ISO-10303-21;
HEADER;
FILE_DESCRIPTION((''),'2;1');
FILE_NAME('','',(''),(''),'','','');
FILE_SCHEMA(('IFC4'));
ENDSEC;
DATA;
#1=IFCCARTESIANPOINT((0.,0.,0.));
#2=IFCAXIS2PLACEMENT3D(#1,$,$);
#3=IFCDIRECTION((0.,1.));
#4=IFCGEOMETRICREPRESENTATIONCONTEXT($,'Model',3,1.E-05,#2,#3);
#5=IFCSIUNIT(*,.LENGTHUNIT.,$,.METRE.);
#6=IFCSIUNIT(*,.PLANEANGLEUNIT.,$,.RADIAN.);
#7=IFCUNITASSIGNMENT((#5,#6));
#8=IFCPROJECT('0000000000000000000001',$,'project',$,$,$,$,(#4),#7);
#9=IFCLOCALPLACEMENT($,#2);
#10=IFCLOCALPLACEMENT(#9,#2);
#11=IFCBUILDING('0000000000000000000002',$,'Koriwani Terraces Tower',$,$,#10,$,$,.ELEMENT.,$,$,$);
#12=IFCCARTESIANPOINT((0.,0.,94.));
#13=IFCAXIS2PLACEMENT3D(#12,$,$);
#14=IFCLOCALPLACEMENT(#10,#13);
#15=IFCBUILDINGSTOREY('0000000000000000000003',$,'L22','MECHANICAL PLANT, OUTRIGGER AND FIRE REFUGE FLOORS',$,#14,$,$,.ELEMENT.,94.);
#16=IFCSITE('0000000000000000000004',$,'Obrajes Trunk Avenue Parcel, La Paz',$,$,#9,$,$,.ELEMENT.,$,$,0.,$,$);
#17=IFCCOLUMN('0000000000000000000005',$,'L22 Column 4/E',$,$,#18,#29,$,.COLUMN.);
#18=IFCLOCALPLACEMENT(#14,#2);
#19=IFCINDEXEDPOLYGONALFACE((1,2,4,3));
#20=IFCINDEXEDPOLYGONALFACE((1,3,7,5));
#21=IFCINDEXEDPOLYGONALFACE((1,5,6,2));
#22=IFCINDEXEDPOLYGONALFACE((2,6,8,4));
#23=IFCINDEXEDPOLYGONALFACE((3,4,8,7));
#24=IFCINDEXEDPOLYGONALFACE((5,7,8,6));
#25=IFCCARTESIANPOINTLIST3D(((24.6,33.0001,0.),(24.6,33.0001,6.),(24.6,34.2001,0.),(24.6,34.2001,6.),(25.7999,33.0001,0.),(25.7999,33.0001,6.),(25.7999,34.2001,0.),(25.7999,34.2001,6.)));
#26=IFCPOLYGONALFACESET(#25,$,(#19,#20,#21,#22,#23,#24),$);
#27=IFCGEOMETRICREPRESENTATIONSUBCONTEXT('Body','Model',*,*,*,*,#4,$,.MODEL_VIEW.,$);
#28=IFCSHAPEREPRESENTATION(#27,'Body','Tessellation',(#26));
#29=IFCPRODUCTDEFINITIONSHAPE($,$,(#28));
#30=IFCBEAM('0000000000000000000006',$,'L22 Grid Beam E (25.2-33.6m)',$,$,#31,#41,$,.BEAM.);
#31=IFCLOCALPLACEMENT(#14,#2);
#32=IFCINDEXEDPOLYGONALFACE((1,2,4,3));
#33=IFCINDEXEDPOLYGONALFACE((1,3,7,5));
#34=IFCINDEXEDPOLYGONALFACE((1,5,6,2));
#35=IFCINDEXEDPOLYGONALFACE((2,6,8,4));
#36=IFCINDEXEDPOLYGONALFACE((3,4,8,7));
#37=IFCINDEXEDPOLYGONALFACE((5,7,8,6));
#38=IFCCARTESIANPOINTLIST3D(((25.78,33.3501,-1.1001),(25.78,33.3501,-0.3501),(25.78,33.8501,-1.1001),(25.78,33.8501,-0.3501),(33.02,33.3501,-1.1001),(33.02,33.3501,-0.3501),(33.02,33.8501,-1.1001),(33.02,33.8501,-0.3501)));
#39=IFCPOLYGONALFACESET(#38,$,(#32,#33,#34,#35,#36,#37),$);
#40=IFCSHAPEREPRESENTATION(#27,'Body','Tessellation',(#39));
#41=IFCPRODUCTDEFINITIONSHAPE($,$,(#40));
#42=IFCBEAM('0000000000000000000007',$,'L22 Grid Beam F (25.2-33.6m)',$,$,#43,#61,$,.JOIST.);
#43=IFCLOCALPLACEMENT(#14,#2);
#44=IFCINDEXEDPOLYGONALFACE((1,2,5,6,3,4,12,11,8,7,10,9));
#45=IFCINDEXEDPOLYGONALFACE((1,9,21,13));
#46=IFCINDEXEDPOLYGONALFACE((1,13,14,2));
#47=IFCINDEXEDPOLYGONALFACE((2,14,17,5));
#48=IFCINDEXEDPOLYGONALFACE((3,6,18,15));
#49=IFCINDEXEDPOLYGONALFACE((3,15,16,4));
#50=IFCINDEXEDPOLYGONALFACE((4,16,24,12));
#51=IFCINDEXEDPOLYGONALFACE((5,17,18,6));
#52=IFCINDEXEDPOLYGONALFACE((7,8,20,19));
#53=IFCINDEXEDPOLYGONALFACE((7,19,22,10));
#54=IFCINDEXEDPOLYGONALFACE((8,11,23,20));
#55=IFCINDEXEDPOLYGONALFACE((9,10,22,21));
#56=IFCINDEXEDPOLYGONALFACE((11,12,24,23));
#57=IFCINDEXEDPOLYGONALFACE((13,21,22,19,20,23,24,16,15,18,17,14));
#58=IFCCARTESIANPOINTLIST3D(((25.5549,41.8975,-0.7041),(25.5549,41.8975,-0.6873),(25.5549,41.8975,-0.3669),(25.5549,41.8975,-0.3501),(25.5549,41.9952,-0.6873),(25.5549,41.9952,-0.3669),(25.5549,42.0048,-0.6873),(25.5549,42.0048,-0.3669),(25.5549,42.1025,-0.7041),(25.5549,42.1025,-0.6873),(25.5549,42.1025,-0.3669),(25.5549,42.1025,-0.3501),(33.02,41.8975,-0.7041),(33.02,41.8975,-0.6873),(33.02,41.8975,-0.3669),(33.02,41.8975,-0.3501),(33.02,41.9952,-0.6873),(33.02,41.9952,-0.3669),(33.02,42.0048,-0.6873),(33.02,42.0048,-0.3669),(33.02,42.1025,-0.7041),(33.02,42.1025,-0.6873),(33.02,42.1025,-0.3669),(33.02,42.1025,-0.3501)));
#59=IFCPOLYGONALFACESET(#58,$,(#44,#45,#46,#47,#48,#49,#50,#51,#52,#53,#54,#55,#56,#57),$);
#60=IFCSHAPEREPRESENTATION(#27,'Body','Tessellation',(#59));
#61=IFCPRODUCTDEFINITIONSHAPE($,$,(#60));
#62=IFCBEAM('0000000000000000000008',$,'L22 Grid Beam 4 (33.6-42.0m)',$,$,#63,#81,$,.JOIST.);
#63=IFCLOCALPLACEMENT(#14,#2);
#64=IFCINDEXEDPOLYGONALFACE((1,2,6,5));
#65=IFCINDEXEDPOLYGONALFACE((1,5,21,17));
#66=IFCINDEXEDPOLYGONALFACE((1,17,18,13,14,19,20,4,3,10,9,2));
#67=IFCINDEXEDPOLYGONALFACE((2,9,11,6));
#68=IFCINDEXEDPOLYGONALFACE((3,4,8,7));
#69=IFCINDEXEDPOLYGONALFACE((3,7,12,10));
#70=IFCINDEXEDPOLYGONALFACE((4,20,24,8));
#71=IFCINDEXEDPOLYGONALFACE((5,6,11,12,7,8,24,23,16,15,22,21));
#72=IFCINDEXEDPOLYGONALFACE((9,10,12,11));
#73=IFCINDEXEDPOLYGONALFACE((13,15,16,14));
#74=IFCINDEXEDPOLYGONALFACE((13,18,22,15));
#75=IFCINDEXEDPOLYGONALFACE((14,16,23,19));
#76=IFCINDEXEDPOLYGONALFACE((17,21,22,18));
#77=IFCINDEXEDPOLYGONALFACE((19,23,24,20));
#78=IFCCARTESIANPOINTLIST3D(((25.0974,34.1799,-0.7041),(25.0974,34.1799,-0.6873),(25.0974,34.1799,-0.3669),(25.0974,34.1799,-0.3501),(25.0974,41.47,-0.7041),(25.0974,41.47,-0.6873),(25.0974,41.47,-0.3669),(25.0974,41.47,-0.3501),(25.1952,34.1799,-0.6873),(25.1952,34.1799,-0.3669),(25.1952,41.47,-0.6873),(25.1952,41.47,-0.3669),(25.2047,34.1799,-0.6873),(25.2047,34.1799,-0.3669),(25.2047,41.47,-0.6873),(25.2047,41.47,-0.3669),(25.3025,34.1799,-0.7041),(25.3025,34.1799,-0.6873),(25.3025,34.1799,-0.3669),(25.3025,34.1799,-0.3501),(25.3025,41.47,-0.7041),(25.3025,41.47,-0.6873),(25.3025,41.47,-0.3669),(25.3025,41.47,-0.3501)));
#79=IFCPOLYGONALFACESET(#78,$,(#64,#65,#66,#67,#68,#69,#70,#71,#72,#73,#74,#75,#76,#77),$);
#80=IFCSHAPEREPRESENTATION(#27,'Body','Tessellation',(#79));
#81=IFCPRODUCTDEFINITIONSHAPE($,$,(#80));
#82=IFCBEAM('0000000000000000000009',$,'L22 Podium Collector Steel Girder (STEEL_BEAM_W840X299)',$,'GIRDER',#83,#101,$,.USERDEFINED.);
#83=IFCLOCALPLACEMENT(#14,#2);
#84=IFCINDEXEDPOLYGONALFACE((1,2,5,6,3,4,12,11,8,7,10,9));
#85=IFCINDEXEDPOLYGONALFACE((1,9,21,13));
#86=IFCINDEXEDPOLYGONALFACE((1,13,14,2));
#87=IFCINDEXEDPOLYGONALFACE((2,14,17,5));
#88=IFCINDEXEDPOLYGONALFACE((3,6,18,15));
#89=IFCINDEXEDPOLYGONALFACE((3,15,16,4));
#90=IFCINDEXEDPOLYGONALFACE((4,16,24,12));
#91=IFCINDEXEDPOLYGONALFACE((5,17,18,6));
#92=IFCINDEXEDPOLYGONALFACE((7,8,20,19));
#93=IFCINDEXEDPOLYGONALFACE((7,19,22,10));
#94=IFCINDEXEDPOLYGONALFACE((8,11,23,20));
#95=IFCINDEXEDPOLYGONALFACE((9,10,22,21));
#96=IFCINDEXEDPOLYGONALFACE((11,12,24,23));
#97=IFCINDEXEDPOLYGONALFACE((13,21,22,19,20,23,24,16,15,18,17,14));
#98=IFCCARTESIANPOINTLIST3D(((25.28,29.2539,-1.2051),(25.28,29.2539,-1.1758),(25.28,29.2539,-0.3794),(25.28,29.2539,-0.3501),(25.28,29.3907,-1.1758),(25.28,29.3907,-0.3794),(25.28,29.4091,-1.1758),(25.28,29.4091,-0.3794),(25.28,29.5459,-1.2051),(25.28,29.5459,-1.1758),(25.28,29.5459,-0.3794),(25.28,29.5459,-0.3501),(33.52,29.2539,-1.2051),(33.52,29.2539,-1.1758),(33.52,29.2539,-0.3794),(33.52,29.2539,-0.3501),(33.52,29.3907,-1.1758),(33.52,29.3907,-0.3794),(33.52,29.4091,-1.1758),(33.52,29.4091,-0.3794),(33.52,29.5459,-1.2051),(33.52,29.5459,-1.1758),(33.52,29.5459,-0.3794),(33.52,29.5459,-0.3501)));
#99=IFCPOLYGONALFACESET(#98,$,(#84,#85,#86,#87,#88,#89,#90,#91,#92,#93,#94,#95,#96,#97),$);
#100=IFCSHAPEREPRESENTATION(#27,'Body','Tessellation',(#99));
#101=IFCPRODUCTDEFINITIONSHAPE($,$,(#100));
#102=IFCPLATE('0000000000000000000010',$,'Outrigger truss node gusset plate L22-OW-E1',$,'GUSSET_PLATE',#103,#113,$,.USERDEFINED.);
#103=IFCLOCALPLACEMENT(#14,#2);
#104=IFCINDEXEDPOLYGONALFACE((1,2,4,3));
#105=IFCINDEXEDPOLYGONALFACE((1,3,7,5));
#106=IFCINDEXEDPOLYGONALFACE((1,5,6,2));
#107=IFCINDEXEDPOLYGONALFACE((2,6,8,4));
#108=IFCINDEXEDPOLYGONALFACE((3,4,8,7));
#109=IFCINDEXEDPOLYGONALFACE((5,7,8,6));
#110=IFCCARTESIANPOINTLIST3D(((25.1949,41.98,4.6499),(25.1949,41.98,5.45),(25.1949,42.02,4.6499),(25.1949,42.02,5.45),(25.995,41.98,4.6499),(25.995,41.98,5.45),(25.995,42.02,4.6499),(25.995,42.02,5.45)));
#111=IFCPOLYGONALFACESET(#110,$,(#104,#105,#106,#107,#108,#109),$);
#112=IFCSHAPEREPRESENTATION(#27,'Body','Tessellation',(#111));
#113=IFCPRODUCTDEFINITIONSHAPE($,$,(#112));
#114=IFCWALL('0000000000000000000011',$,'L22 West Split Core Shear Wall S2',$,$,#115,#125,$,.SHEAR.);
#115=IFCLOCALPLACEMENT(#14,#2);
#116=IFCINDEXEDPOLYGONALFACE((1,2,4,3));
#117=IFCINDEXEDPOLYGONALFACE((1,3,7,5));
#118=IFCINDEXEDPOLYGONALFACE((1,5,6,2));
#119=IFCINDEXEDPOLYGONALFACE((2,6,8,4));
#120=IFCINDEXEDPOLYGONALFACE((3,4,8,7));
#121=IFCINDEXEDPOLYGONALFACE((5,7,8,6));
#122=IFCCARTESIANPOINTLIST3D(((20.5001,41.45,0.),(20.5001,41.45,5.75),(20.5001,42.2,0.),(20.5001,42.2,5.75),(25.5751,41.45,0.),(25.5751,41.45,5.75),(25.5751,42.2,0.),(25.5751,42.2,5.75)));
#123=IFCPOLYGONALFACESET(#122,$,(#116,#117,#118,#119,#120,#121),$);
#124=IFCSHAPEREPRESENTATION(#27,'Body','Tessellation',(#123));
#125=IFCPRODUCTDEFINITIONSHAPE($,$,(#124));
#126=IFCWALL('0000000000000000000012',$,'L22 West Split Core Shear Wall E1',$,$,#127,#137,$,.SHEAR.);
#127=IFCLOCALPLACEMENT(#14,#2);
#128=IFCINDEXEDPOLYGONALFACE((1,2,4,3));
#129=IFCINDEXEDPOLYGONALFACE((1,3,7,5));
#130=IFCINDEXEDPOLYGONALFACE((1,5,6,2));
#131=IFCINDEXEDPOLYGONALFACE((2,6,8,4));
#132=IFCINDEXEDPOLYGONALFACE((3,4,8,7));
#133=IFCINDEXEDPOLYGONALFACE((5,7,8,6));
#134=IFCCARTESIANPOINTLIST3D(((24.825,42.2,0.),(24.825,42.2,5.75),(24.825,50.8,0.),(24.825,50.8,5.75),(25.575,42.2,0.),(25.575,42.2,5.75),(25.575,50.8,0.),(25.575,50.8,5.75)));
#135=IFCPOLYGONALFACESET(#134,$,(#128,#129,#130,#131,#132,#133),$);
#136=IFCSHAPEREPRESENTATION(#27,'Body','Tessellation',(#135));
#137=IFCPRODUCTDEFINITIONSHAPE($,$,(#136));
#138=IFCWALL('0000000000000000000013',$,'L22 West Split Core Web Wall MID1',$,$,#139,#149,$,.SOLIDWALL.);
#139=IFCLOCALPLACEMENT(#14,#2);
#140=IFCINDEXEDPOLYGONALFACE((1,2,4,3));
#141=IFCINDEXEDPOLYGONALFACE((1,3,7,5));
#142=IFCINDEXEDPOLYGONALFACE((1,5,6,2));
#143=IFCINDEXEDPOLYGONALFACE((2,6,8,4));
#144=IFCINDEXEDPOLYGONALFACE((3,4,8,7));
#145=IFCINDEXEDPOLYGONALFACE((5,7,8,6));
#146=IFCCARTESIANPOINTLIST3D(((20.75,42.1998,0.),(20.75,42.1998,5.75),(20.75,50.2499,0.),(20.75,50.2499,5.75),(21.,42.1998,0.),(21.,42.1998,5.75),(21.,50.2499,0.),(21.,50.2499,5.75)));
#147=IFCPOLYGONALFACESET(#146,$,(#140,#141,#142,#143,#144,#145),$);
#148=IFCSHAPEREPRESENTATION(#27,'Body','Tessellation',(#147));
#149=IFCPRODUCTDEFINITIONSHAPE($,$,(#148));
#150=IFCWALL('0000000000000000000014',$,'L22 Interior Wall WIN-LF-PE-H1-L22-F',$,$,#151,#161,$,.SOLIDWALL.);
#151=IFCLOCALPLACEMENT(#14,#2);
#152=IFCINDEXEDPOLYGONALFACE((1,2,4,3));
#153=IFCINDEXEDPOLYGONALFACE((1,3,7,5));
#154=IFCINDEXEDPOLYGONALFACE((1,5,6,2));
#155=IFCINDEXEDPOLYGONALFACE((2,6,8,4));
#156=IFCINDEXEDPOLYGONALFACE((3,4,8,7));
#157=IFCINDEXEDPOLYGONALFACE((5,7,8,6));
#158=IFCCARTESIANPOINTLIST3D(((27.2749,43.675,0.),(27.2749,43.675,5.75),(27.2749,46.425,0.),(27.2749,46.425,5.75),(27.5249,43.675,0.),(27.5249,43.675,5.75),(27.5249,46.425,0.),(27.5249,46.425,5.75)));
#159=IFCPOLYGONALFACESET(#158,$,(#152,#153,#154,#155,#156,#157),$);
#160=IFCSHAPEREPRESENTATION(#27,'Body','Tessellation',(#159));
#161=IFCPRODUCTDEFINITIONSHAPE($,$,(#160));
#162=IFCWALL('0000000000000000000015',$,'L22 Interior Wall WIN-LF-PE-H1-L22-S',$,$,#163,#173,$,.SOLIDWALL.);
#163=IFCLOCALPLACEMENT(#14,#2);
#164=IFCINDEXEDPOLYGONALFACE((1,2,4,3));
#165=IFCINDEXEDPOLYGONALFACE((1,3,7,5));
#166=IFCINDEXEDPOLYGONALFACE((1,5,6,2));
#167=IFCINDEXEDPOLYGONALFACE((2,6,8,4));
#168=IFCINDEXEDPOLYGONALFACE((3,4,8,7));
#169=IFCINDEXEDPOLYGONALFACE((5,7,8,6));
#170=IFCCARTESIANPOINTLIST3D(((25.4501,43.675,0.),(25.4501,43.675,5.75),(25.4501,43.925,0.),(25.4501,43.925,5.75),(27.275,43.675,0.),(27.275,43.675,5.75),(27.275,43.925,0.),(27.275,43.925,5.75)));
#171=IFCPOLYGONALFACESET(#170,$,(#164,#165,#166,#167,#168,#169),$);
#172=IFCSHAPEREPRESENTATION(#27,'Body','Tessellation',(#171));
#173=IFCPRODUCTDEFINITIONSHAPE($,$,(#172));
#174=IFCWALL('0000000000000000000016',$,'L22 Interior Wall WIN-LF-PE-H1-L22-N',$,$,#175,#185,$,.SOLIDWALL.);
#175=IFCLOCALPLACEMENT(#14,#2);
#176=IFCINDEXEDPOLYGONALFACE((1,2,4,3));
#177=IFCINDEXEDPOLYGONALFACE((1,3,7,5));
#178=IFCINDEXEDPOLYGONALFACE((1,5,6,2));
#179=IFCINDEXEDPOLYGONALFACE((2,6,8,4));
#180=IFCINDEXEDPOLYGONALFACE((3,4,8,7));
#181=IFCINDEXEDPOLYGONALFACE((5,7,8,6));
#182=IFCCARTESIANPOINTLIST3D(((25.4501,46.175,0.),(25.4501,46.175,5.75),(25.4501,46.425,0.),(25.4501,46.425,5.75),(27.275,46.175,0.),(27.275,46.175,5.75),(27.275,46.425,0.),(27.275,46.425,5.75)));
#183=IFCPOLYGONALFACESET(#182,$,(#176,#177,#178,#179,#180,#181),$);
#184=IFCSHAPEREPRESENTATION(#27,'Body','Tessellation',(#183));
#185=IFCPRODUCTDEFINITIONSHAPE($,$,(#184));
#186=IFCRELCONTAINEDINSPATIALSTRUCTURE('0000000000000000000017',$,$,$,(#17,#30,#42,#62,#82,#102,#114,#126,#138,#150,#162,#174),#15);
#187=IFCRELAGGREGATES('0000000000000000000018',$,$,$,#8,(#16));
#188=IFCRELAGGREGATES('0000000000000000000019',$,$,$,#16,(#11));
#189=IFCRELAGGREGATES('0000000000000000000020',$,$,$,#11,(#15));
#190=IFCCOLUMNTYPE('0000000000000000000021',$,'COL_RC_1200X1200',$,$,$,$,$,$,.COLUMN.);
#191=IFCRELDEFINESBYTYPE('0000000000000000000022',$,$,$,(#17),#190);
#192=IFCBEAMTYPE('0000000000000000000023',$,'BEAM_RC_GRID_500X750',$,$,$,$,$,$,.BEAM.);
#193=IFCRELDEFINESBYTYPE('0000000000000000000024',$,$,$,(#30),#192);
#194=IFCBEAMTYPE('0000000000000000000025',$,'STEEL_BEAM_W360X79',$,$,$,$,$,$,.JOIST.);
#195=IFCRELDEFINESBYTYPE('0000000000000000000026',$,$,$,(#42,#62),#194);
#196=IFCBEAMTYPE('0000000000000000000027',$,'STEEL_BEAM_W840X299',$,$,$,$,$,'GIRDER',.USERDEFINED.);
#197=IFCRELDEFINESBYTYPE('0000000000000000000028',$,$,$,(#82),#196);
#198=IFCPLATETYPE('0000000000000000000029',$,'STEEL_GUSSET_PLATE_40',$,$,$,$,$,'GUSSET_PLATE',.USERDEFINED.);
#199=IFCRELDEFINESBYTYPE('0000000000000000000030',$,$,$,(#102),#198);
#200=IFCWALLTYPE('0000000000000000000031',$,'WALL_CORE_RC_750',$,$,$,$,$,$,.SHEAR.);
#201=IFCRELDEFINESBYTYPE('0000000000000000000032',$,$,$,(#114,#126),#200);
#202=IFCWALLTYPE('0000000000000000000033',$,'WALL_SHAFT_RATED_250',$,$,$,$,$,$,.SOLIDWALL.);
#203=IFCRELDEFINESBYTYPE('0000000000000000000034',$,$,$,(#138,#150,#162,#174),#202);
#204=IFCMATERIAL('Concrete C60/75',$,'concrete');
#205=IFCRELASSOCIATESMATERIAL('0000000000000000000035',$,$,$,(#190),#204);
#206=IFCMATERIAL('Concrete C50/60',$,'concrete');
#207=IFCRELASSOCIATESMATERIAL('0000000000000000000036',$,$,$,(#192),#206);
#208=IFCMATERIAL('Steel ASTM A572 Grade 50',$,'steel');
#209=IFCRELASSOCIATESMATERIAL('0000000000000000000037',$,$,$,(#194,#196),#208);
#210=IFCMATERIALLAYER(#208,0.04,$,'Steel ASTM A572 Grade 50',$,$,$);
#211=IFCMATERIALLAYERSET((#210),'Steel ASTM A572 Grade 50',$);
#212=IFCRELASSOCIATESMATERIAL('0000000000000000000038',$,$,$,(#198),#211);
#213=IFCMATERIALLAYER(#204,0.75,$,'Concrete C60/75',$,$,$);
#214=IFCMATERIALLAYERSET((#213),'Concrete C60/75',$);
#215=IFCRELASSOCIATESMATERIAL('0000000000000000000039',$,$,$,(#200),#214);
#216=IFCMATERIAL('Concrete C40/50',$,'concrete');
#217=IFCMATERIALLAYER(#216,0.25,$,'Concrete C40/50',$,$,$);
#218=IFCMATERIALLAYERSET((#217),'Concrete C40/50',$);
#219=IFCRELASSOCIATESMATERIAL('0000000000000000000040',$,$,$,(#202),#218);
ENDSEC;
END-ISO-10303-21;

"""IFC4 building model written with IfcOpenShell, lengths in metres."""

from ifc_helpers import new_model, si_unit, direction, frame, frame_2d, origin, origin_2d, place, context, subcontext, project, spatial, rectangle, i_section, extrude, material, layer, layer_set, material_profile, profile_set, type_object, element, save


model = new_model("IFC4")

# Units and contexts
model_context = context("Model", 3, precision=1e-05, world=origin(), true_north=direction((0.0, 1.0)))
body_context = subcontext(model_context, "Body", "Model", "MODEL_VIEW")
ifc_project = project(units=[si_unit("LENGTHUNIT", "METRE"), si_unit("PLANEANGLEUNIT", "RADIAN")], contexts=[model_context])

# Site, building, storey
site_placement = place(None, origin())
site = spatial("IfcSite", under=ifc_project, at=site_placement, Name="Obrajes Trunk Avenue Parcel, La Paz", CompositionType="ELEMENT", RefElevation=0.0)
building_placement = place(site_placement, origin())
building = spatial("IfcBuilding", under=site, at=building_placement, Name="Koriwani Terraces Tower", CompositionType="ELEMENT")
storey_placement = place(building_placement, frame((0.0, 0.0, 94.0)))
storey = spatial("IfcBuildingStorey", under=building, at=storey_placement, Name="L22", Description="MECHANICAL PLANT, OUTRIGGER AND FIRE REFUGE FLOORS", CompositionType="ELEMENT", Elevation=94.0)

# Column
ifc_material_1 = material(Name="Concrete C60/75", Category="concrete")
ifc_material_profile_1 = material_profile(ifc_material_1, rectangle(XDim=1.2, YDim=1.2, at=origin_2d()), Name="Concrete C60/75", Category="LoadBearing")
ifc_profile_set_1 = profile_set([ifc_material_profile_1], Name="Concrete C60/75")
column_type = type_object("IfcColumnType", Name="COL_RC_1200X1200", PredefinedType="COLUMN", material=ifc_profile_set_1)
column_placement = place(storey_placement, frame((25.2, 33.6001, 0.0), z_axis=(0.0, 0.0, 1.0), x_axis=(1.0, 0.0, 0.0)))
element("IfcColumn", 1, at=column_placement, inside=storey, type_object=column_type, Name="L22 Column 4/E", PredefinedType="COLUMN", context=body_context, shape_type="SweptSolid", body=[
    extrude(rectangle(XDim=1.2, YDim=1.2, at=origin_2d()), origin(), (0.0, 0.0, 1.0), 6.0),
])

# Beams
ifc_material_2 = material(Name="Concrete C50/60", Category="concrete")
ifc_material_profile_2 = material_profile(ifc_material_2, rectangle(XDim=0.5, YDim=0.75, at=origin_2d()), Name="Concrete C50/60", Category="LoadBearing")
ifc_profile_set_2 = profile_set([ifc_material_profile_2], Name="Concrete C50/60")
beam_type_1 = type_object("IfcBeamType", Name="BEAM_RC_GRID_500X750", PredefinedType="BEAM", material=ifc_profile_set_2)
beam_1_placement = place(storey_placement, frame((25.78, 33.6001, -0.7251), z_axis=(1.0, 0.0, 0.0), x_axis=(0.0, 1.0, 0.0)))
element("IfcBeam", 2, at=beam_1_placement, inside=storey, type_object=beam_type_1, Name="L22 Grid Beam E (25.2-33.6m)", PredefinedType="BEAM", context=body_context, shape_type="SweptSolid", body=[
    extrude(rectangle(XDim=0.5, YDim=0.75, at=origin_2d()), origin(), (0.0, 0.0, 1.0), 7.24),
])
ifc_material_3 = material(Name="Steel ASTM A572 Grade 50", Category="steel")
ifc_material_profile_3 = material_profile(ifc_material_3, i_section(OverallWidth=0.2051, OverallDepth=0.354, WebThickness=0.0095, FlangeThickness=0.0168, at=origin_2d()), Name="Steel ASTM A572 Grade 50", Category="LoadBearing")
ifc_profile_set_3 = profile_set([ifc_material_profile_3], Name="Steel ASTM A572 Grade 50")
beam_type_2 = type_object("IfcBeamType", Name="STEEL_BEAM_W360X79", PredefinedType="JOIST", material=ifc_profile_set_3)
beam_2_placement = place(storey_placement, frame((25.5549, 42.0, -0.5271), z_axis=(1.0, 0.0, 0.0), x_axis=(0.0, 1.0, 0.0)))
element("IfcBeam", 3, at=beam_2_placement, inside=storey, type_object=beam_type_2, Name="L22 Grid Beam F (25.2-33.6m)", PredefinedType="JOIST", context=body_context, shape_type="SweptSolid", body=[
    extrude(i_section(OverallWidth=0.2051, OverallDepth=0.354, WebThickness=0.0095, FlangeThickness=0.0168, at=origin_2d()), origin(), (0.0, 0.0, 1.0), 7.4651),
])
beam_3_placement = place(storey_placement, frame((25.2, 34.1799, -0.5271), z_axis=(0.0, 1.0, 0.0), x_axis=(-1.0, 0.0, 0.0)))
element("IfcBeam", 4, at=beam_3_placement, inside=storey, type_object=beam_type_2, Name="L22 Grid Beam 4 (33.6-42.0m)", PredefinedType="JOIST", context=body_context, shape_type="SweptSolid", body=[
    extrude(i_section(OverallWidth=0.2051, OverallDepth=0.354, WebThickness=0.0095, FlangeThickness=0.0168, at=origin_2d()), origin(), (0.0, 0.0, 1.0), 7.29),
])
ifc_material_profile_4 = material_profile(ifc_material_3, i_section(OverallWidth=0.292, OverallDepth=0.855, WebThickness=0.0183, FlangeThickness=0.0293, at=origin_2d()), Name="Steel ASTM A572 Grade 50", Category="LoadBearing")
ifc_profile_set_4 = profile_set([ifc_material_profile_4], Name="Steel ASTM A572 Grade 50")
beam_type_3 = type_object("IfcBeamType", Name="STEEL_BEAM_W840X299", ElementType="GIRDER", PredefinedType="USERDEFINED", material=ifc_profile_set_4)
beam_4_placement = place(storey_placement, frame((25.28, 29.3999, -0.7776), z_axis=(1.0, 0.0, 0.0), x_axis=(0.0, 1.0, 0.0)))
element("IfcBeam", 5, at=beam_4_placement, inside=storey, type_object=beam_type_3, Name="L22 Podium Collector Steel Girder (STEEL_BEAM_W840X299)", ObjectType="GIRDER", PredefinedType="USERDEFINED", context=body_context, shape_type="SweptSolid", body=[
    extrude(i_section(OverallWidth=0.292, OverallDepth=0.855, WebThickness=0.0183, FlangeThickness=0.0293, at=origin_2d()), origin(), (0.0, 0.0, 1.0), 8.24),
])

# Plate
ifc_layer_1 = layer(ifc_material_3, 0.04, Name="Steel ASTM A572 Grade 50")
ifc_layer_set_1 = layer_set([ifc_layer_1], Name="Steel ASTM A572 Grade 50")
plate_type = type_object("IfcPlateType", Name="STEEL_GUSSET_PLATE_40", ElementType="GUSSET_PLATE", PredefinedType="USERDEFINED", material=ifc_layer_set_1)
plate_placement = place(storey_placement, frame((25.595, 42.0, 4.6499), z_axis=(0.0, 0.0, 1.0), x_axis=(-1.0, 0.0, 0.0)))
element("IfcPlate", 6, at=plate_placement, inside=storey, type_object=plate_type, Name="Outrigger truss node gusset plate L22-OW-E1", ObjectType="GUSSET_PLATE", PredefinedType="USERDEFINED", context=body_context, shape_type="SweptSolid", body=[
    extrude(rectangle(XDim=0.8, YDim=0.04, at=origin_2d()), origin(), (0.0, 0.0, 1.0), 0.8),
])

# Walls
ifc_layer_2 = layer(ifc_material_1, 0.75, Name="Concrete C60/75")
ifc_layer_set_2 = layer_set([ifc_layer_2], Name="Concrete C60/75")
wall_type_1 = type_object("IfcWallType", Name="WALL_CORE_RC_750", PredefinedType="SHEAR", material=ifc_layer_set_2)
wall_1_placement = place(storey_placement, frame((20.5, 41.825, 0.0), z_axis=(0.0, 0.0, 1.0), x_axis=(1.0, 0.0, 0.0)))
element("IfcWall", 7, at=wall_1_placement, inside=storey, type_object=wall_type_1, Name="L22 West Split Core Shear Wall S2", PredefinedType="SHEAR", context=body_context, shape_type="SweptSolid", body=[
    extrude(rectangle(XDim=5.075, YDim=0.75, at=frame_2d((2.5376, 0.0))), origin(), (0.0, 0.0, 1.0), 5.75),
])
wall_2_placement = place(storey_placement, frame((25.2, 42.2, 0.0), z_axis=(0.0, 0.0, 1.0), x_axis=(0.0, 1.0, 0.0)))
element("IfcWall", 8, at=wall_2_placement, inside=storey, type_object=wall_type_1, Name="L22 West Split Core Shear Wall E1", PredefinedType="SHEAR", context=body_context, shape_type="SweptSolid", body=[
    extrude(rectangle(XDim=8.6001, YDim=0.75, at=frame_2d((4.3, 0.0))), origin(), (0.0, 0.0, 1.0), 5.75),
])
ifc_material_4 = material(Name="Concrete C40/50", Category="concrete")
ifc_layer_3 = layer(ifc_material_4, 0.25, Name="Concrete C40/50")
ifc_layer_set_3 = layer_set([ifc_layer_3], Name="Concrete C40/50")
wall_type_2 = type_object("IfcWallType", Name="WALL_SHAFT_RATED_250", PredefinedType="SOLIDWALL", material=ifc_layer_set_3)
wall_3_placement = place(storey_placement, frame((20.875, 42.2, 0.0), z_axis=(0.0, 0.0, 1.0), x_axis=(0.0, 1.0, 0.0)))
element("IfcWall", 9, at=wall_3_placement, inside=storey, type_object=wall_type_2, Name="L22 West Split Core Web Wall MID1", PredefinedType="SOLIDWALL", context=body_context, shape_type="SweptSolid", body=[
    extrude(rectangle(XDim=8.05, YDim=0.25, at=frame_2d((4.0249, 0.0))), origin(), (0.0, 0.0, 1.0), 5.75),
])

# Walls
wall_4_placement = place(storey_placement, frame((27.3999, 43.675, 0.0), z_axis=(0.0, 0.0, 1.0), x_axis=(0.0, 1.0, 0.0)))
element("IfcWall", 10, at=wall_4_placement, inside=storey, type_object=wall_type_2, Name="L22 Interior Wall WIN-LF-PE-H1-L22-F", PredefinedType="SOLIDWALL", context=body_context, shape_type="SweptSolid", body=[
    extrude(rectangle(XDim=2.75, YDim=0.25, at=frame_2d((1.375, 0.0))), origin(), (0.0, 0.0, 1.0), 5.75),
])
for number, where, z_axis, x_axis, name in (
    (11, (25.45, 43.8, 0.0), (0.0, 0.0, 1.0), (1.0, 0.0, 0.0), "L22 Interior Wall WIN-LF-PE-H1-L22-S"),
    (12, (25.45, 46.3, 0.0), (0.0, 0.0, 1.0), (1.0, 0.0, 0.0), "L22 Interior Wall WIN-LF-PE-H1-L22-N"),
):
    element("IfcWall", number, at=place(storey_placement, frame(where, z_axis=z_axis, x_axis=x_axis)), inside=storey, type_object=wall_type_2, Name=name, PredefinedType="SOLIDWALL", context=body_context, shape_type="SweptSolid", body=[
        extrude(rectangle(XDim=1.825, YDim=0.25, at=frame_2d((0.9126, 0.0))), origin(), (0.0, 0.0, 1.0), 5.75),
    ])

save(model, "model.ifc")
